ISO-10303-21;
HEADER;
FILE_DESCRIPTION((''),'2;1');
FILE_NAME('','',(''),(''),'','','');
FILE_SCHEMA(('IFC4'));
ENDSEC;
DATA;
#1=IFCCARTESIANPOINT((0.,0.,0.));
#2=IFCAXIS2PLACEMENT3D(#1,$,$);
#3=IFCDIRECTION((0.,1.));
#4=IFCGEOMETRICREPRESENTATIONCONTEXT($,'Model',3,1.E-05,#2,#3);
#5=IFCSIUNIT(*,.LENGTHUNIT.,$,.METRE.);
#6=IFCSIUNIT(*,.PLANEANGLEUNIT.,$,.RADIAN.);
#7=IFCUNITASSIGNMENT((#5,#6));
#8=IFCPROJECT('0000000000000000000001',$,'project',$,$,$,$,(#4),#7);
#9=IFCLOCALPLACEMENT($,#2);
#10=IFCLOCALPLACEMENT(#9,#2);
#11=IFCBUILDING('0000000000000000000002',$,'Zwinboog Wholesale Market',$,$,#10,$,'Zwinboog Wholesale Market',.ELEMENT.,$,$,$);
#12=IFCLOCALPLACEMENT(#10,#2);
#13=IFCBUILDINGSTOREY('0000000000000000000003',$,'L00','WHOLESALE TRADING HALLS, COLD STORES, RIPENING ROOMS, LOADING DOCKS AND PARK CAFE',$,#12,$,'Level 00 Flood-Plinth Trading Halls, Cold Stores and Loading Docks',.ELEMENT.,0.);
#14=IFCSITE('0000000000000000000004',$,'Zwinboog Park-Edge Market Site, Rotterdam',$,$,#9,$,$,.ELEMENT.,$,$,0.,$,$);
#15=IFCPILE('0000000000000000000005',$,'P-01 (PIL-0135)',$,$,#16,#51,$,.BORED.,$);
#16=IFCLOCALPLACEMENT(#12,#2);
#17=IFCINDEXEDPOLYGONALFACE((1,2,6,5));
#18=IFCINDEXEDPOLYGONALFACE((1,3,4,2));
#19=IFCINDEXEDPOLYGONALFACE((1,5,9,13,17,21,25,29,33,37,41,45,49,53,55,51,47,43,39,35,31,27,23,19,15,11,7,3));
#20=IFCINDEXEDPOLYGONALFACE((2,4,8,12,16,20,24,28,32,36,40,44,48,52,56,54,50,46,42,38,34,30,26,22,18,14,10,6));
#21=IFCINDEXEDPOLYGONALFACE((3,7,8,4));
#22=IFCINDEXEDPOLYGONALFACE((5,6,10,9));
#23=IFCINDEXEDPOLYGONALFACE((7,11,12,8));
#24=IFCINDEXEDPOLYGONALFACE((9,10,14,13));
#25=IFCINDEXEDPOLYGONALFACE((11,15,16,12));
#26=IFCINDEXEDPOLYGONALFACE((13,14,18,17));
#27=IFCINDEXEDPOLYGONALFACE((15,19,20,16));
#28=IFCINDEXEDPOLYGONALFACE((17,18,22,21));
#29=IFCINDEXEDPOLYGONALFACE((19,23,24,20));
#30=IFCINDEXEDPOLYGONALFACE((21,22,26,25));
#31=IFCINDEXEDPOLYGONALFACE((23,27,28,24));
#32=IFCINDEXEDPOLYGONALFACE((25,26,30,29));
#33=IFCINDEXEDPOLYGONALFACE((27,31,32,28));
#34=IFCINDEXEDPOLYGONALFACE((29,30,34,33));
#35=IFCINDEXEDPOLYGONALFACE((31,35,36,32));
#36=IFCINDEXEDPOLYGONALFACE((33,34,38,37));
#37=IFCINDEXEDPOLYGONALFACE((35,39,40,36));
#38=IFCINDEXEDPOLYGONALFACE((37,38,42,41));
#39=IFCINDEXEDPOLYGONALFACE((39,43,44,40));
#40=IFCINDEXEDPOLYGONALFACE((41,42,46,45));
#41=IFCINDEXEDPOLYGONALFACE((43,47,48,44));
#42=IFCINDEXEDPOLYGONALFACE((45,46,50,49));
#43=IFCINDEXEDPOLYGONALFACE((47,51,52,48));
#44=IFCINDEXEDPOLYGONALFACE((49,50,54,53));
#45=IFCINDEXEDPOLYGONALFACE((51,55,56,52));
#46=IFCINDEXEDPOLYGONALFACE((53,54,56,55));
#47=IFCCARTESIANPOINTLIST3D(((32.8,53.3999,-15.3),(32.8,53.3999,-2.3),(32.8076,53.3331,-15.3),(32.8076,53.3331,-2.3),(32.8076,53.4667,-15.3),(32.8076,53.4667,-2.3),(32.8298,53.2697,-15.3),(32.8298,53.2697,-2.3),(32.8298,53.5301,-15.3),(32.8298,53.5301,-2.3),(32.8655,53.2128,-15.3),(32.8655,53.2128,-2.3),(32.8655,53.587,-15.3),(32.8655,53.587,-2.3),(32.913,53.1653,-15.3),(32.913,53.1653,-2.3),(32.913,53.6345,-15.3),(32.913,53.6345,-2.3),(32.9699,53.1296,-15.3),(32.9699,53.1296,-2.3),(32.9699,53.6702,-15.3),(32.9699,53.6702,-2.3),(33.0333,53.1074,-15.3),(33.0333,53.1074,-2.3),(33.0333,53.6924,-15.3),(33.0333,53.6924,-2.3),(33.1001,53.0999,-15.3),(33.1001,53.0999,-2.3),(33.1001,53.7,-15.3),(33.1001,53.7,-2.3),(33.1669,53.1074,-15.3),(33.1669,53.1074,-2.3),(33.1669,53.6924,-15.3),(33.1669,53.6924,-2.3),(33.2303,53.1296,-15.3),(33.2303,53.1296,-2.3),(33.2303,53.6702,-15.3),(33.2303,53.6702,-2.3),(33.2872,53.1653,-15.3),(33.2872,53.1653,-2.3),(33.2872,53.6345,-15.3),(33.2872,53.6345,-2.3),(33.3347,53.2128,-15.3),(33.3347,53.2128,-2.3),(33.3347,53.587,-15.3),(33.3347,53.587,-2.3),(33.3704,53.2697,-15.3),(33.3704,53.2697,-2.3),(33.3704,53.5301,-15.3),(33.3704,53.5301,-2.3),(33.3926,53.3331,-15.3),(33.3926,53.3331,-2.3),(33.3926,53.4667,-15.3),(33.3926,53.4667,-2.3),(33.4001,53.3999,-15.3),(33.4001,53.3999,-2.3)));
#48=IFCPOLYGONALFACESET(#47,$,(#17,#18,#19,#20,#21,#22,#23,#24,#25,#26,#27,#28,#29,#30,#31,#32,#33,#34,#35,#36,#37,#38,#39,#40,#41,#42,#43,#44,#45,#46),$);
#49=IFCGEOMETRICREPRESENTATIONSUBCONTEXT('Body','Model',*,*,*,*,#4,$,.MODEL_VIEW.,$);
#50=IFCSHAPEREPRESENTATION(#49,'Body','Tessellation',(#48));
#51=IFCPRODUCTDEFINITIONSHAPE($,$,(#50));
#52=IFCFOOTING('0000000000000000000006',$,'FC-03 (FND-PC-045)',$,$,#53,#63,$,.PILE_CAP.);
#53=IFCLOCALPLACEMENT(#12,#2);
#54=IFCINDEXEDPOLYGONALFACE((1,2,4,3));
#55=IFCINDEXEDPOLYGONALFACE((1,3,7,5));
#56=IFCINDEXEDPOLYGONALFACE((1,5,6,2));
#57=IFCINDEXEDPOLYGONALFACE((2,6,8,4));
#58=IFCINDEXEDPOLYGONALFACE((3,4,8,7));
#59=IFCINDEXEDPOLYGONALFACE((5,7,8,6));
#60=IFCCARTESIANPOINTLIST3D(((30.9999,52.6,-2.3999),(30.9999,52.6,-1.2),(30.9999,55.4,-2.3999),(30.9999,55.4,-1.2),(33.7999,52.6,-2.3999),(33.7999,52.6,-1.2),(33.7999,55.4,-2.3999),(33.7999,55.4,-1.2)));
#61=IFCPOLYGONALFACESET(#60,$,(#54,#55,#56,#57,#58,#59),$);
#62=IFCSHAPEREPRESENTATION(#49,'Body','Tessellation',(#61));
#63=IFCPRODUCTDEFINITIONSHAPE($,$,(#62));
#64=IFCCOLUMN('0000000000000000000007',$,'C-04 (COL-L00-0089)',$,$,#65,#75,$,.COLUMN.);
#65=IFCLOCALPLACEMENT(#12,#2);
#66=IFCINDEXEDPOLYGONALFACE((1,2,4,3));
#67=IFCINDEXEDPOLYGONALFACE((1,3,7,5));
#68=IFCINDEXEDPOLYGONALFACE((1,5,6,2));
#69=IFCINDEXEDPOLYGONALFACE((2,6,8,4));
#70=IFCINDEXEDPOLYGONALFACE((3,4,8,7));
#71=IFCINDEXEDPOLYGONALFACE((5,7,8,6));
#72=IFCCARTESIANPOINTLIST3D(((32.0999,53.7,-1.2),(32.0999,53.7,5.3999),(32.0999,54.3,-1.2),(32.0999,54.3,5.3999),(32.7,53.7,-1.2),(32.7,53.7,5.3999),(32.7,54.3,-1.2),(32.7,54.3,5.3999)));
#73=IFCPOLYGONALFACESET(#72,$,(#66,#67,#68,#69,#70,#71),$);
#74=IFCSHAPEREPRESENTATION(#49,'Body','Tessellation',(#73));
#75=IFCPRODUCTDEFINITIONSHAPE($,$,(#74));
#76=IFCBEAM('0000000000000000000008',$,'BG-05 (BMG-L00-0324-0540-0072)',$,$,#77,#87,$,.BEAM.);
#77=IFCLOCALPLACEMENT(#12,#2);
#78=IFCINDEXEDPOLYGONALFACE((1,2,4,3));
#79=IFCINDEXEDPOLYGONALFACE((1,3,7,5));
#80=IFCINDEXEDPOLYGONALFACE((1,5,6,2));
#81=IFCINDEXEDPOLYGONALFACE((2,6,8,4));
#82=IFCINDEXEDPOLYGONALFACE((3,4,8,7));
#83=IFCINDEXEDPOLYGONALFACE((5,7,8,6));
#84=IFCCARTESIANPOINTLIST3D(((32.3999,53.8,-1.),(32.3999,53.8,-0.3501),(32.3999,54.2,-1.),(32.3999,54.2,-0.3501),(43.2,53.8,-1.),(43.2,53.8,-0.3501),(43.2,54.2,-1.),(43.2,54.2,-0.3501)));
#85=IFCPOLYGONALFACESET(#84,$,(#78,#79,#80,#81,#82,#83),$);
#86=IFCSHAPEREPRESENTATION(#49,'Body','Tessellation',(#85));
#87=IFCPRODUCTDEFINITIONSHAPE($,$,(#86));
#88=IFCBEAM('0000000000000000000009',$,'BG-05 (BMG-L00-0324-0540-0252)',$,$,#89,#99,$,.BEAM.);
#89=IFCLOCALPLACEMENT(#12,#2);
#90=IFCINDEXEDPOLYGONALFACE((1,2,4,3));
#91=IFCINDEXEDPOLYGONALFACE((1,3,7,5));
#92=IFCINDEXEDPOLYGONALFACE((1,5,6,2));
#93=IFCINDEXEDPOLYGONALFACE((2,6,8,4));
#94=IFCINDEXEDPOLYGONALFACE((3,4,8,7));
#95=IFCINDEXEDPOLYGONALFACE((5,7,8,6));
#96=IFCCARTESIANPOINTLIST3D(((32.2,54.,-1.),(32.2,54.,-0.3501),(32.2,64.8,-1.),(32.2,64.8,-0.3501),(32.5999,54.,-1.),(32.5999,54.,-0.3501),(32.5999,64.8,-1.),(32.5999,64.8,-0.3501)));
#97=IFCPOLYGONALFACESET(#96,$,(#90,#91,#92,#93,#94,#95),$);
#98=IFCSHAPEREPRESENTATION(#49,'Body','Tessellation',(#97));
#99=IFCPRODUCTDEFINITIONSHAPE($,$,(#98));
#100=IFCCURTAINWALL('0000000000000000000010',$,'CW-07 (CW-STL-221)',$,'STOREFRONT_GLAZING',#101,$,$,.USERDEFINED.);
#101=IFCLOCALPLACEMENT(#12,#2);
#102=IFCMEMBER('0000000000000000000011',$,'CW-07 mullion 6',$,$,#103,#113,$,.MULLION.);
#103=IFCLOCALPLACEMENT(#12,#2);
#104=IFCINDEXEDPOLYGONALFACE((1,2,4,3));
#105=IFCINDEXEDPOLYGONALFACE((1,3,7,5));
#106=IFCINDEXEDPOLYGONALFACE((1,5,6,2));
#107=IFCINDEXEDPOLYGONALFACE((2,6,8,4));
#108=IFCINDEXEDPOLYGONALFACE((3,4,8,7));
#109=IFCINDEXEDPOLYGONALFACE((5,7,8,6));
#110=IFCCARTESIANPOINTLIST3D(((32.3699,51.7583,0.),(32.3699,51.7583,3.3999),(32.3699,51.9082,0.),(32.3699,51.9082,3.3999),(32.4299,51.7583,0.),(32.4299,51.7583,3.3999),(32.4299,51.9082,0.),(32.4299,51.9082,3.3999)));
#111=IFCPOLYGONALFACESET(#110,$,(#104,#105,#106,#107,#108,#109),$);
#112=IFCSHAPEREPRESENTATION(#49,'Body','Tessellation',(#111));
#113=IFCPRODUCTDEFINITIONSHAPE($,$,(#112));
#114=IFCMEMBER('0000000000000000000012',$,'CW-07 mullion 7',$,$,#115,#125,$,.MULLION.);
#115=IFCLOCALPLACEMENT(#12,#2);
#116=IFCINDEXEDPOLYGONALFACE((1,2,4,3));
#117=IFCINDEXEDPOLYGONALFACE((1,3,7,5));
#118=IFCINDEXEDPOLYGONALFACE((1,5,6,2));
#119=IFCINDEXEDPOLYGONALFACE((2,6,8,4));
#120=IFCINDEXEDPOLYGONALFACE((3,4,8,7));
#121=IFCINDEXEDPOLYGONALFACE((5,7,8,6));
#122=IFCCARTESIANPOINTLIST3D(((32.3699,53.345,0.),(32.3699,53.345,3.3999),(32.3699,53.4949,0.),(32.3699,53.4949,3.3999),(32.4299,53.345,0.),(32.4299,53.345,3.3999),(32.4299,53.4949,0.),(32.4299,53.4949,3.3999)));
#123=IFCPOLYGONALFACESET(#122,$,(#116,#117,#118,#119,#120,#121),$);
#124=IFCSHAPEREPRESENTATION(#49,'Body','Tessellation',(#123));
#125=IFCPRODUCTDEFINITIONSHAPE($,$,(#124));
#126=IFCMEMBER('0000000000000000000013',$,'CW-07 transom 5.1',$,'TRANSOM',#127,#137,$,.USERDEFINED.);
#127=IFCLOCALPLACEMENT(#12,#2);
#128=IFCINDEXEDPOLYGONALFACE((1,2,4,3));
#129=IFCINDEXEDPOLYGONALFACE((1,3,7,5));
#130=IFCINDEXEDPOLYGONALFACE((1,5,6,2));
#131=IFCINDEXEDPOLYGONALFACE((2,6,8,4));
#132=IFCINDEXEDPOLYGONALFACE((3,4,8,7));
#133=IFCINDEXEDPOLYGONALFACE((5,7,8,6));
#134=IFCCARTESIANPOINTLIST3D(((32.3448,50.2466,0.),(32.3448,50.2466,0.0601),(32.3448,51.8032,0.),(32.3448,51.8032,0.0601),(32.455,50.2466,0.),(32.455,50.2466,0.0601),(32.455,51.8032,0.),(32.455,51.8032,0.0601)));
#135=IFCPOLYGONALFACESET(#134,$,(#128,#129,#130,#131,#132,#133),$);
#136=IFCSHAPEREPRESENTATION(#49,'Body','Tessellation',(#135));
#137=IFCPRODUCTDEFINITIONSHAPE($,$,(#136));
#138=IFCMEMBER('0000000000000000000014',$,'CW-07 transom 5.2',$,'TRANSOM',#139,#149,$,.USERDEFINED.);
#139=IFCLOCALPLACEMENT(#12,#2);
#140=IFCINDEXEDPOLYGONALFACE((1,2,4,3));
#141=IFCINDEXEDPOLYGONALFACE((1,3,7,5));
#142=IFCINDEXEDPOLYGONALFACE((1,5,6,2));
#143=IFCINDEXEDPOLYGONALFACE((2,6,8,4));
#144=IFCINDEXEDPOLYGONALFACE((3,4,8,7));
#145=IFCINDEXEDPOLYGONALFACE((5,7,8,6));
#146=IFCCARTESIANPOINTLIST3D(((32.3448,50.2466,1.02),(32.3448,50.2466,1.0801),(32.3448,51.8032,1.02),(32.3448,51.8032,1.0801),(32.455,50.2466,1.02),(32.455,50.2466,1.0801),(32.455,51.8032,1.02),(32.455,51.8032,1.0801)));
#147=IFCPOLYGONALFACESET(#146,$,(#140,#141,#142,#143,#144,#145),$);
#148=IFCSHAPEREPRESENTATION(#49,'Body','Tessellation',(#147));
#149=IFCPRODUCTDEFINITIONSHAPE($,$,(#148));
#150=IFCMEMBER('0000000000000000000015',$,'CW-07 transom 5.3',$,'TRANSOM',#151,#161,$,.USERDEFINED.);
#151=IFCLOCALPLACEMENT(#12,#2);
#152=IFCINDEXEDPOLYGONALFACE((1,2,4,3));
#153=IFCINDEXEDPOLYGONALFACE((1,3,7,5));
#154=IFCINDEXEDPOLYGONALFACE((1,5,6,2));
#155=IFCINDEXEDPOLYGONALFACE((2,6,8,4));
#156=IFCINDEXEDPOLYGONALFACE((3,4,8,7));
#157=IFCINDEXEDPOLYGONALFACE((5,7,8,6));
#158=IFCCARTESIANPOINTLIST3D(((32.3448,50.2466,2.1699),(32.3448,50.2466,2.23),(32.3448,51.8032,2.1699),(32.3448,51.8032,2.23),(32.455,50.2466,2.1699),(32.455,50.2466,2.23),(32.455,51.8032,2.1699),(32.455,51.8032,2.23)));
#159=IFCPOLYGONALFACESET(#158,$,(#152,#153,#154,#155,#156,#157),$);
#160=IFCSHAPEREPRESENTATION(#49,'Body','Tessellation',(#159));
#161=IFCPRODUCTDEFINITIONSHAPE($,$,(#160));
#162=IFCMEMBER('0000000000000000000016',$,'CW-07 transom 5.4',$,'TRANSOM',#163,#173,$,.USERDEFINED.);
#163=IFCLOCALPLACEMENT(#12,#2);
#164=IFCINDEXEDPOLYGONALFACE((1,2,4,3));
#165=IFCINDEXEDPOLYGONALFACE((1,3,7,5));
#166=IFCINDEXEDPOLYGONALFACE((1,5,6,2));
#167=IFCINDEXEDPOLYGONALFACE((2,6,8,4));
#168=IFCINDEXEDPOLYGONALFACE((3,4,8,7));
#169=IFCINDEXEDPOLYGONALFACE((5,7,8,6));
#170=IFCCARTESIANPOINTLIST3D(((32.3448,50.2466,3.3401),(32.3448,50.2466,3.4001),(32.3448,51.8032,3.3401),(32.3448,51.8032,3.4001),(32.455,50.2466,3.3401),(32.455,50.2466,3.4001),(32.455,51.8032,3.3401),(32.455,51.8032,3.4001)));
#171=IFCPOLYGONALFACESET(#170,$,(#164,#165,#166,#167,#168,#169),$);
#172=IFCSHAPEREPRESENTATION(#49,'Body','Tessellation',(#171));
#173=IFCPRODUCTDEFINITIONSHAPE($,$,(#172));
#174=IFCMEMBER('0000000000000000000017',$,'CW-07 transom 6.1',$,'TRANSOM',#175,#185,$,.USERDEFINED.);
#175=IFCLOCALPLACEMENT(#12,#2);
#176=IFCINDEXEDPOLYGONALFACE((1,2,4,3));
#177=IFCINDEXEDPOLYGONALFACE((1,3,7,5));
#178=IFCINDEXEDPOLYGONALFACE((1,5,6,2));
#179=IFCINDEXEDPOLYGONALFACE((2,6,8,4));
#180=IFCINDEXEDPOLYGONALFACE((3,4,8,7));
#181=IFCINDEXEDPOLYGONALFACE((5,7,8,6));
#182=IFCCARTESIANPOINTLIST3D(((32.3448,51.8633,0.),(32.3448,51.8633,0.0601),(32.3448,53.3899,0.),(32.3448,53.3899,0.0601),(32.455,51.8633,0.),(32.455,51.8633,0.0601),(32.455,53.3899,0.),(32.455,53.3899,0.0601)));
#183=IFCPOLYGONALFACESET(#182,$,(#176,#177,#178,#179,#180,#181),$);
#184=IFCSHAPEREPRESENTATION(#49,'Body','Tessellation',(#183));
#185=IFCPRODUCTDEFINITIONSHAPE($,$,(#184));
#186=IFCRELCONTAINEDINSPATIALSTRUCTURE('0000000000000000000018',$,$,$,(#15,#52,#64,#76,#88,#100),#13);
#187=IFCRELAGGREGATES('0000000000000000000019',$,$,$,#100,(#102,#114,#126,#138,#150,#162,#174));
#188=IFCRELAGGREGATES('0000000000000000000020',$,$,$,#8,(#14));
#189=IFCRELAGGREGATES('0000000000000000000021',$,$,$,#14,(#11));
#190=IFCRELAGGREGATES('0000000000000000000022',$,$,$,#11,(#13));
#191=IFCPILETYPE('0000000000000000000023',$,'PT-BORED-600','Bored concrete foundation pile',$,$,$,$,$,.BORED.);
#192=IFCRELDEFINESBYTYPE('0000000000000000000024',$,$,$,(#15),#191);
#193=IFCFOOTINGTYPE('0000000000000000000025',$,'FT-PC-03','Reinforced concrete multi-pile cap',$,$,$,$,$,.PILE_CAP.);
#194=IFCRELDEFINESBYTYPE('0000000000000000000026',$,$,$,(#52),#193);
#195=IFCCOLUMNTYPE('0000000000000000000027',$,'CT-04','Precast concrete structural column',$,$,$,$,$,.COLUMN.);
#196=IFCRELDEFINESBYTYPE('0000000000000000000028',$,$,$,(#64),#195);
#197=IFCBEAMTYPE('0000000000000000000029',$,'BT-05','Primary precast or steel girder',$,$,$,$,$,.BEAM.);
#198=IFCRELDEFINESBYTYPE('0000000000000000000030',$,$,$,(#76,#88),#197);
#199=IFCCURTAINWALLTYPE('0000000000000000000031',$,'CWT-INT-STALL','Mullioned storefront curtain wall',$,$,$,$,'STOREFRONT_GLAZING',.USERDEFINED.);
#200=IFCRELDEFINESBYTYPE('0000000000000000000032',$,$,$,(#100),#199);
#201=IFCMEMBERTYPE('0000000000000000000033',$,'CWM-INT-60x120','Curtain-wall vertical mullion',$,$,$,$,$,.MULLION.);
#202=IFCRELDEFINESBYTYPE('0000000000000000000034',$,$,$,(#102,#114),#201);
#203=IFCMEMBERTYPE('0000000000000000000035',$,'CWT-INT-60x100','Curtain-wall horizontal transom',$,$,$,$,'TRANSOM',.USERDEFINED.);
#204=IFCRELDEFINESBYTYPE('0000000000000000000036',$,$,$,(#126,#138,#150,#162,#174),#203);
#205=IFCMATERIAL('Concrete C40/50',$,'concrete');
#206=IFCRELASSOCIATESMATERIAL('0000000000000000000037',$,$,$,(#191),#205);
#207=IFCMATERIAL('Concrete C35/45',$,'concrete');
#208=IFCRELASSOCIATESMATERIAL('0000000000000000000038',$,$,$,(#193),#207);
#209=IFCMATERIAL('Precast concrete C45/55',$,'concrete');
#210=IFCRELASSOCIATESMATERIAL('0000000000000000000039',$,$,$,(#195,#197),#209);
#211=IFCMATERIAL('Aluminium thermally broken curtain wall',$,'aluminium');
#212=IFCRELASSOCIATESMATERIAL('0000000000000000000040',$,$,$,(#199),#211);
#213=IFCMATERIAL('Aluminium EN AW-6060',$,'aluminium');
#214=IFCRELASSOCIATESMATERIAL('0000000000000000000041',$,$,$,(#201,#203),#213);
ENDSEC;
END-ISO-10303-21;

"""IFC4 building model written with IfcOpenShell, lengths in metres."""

from ifc_helpers import new_model, si_unit, direction, frame, origin, origin_2d, place, context, subcontext, project, spatial, rectangle, circle, extrude, material, material_profile, profile_set, type_object, element, aggregate, save


model = new_model("IFC4")

# Units and contexts
model_context = context("Model", 3, precision=1e-05, world=origin(), true_north=direction((0.0, 1.0)))
body_context = subcontext(model_context, "Body", "Model", "MODEL_VIEW")
ifc_project = project(units=[si_unit("LENGTHUNIT", "METRE"), si_unit("PLANEANGLEUNIT", "RADIAN")], contexts=[model_context])

# Site, building, storey
site_placement = place(None, origin())
site = spatial("IfcSite", under=ifc_project, at=site_placement, Name="Zwinboog Park-Edge Market Site, Rotterdam", CompositionType="ELEMENT", RefElevation=0.0)
building_placement = place(site_placement, origin())
building = spatial("IfcBuilding", under=site, at=building_placement, Name="Zwinboog Wholesale Market", LongName="Zwinboog Wholesale Market", CompositionType="ELEMENT")
storey_placement = place(building_placement, origin())
storey = spatial("IfcBuildingStorey", under=building, at=storey_placement, Name="L00", Description="WHOLESALE TRADING HALLS, COLD STORES, RIPENING ROOMS, LOADING DOCKS AND PARK CAFE", LongName="Level 00 Flood-Plinth Trading Halls, Cold Stores and Loading Docks", CompositionType="ELEMENT", Elevation=0.0)

# Pile
ifc_material_1 = material(Name="Concrete C40/50", Category="concrete")
ifc_material_profile_1 = material_profile(ifc_material_1, circle(Radius=0.3, at=origin_2d()), Name="PILE D600")
ifc_profile_set_1 = profile_set([ifc_material_profile_1], Name="Concrete C40/50")
pile_type = type_object("IfcPileType", Name="PT-BORED-600", Description="Bored concrete foundation pile", PredefinedType="BORED", material=ifc_profile_set_1)
pile_placement = place(storey_placement, frame((33.1001, 53.3999, -2.3), z_axis=(0.0, 0.0, -1.0), x_axis=(1.0, 0.0, 0.0)))
element("IfcPile", 1, at=pile_placement, inside=storey, type_object=pile_type, Name="P-01 (PIL-0135)", PredefinedType="BORED", context=body_context, shape_type="SweptSolid", body=[
    extrude(circle(Radius=0.3, at=origin_2d()), origin(), (0.0, 0.0, 1.0), 13.0),
])

# Footing
ifc_material_2 = material(Name="Concrete C35/45", Category="concrete")
footing_type = type_object("IfcFootingType", Name="FT-PC-03", Description="Reinforced concrete multi-pile cap", PredefinedType="PILE_CAP", material=ifc_material_2)
footing_placement = place(storey_placement, frame((32.3999, 54.0, -2.3999), z_axis=(0.0, 0.0, 1.0), x_axis=(1.0, 0.0, 0.0)))
element("IfcFooting", 2, at=footing_placement, inside=storey, type_object=footing_type, Name="FC-03 (FND-PC-045)", PredefinedType="PILE_CAP", context=body_context, shape_type="SweptSolid", body=[
    extrude(rectangle(XDim=2.8, YDim=2.8, at=origin_2d()), origin(), (0.0, 0.0, 1.0), 1.2),
])

# Column
ifc_material_3 = material(Name="Precast concrete C45/55", Category="concrete")
ifc_material_profile_2 = material_profile(ifc_material_3, rectangle(XDim=0.6001, YDim=0.6001, at=origin_2d()), Name="PC 600x600")
ifc_profile_set_2 = profile_set([ifc_material_profile_2], Name="Precast concrete C45/55")
column_type = type_object("IfcColumnType", Name="CT-04", Description="Precast concrete structural column", PredefinedType="COLUMN", material=ifc_profile_set_2)
column_placement = place(storey_placement, frame((32.3999, 54.0, -1.2), z_axis=(0.0, 0.0, 1.0), x_axis=(1.0, 0.0, 0.0)))
element("IfcColumn", 3, at=column_placement, inside=storey, type_object=column_type, Name="C-04 (COL-L00-0089)", PredefinedType="COLUMN", context=body_context, shape_type="SweptSolid", body=[
    extrude(rectangle(XDim=0.6001, YDim=0.6001, at=origin_2d()), origin(), (0.0, 0.0, 1.0), 6.5999),
])

# Beams
ifc_material_profile_3 = material_profile(ifc_material_3, rectangle(XDim=0.3999, YDim=0.6499, at=origin_2d()), Name="PC 400x650")
ifc_profile_set_3 = profile_set([ifc_material_profile_3], Name="Precast concrete C45/55")
beam_type = type_object("IfcBeamType", Name="BT-05", Description="Primary precast or steel girder", PredefinedType="BEAM", material=ifc_profile_set_3)
for number, where, z_axis, x_axis, name in (
    (4, (32.3999, 54.0, -0.675), (1.0, 0.0, 0.0), (0.0, 1.0, 0.0), "BG-05 (BMG-L00-0324-0540-0072)"),
    (5, (32.3999, 54.0, -0.675), (0.0, 1.0, 0.0), (-1.0, 0.0, 0.0), "BG-05 (BMG-L00-0324-0540-0252)"),
):
    element("IfcBeam", number, at=place(storey_placement, frame(where, z_axis=z_axis, x_axis=x_axis)), inside=storey, type_object=beam_type, Name=name, PredefinedType="BEAM", context=body_context, shape_type="SweptSolid", body=[
        extrude(rectangle(XDim=0.3999, YDim=0.6499, at=origin_2d()), origin(), (0.0, 0.0, 1.0), 10.8),
    ])

# Curtain wall, members
ifc_material_4 = material(Name="Aluminium thermally broken curtain wall", Category="aluminium")
curtain_wall_type = type_object("IfcCurtainWallType", Name="CWT-INT-STALL", Description="Mullioned storefront curtain wall", ElementType="STOREFRONT_GLAZING", PredefinedType="USERDEFINED", material=ifc_material_4)
curtain_wall_placement = place(storey_placement, origin())
curtain_wall = element("IfcCurtainWall", 6, at=curtain_wall_placement, inside=storey, type_object=curtain_wall_type, Name="CW-07 (CW-STL-221)", ObjectType="STOREFRONT_GLAZING", PredefinedType="USERDEFINED")
ifc_material_5 = material(Name="Aluminium EN AW-6060", Category="aluminium")
ifc_material_profile_4 = material_profile(ifc_material_5, rectangle(XDim=0.0601, YDim=0.1499, at=origin_2d()), Name="AL 60x150")
ifc_profile_set_4 = profile_set([ifc_material_profile_4], Name="Aluminium EN AW-6060")
member_type_1 = type_object("IfcMemberType", Name="CWM-INT-60x120", Description="Curtain-wall vertical mullion", PredefinedType="MULLION", material=ifc_profile_set_4)
member_1_placement = place(storey_placement, frame((32.3999, 51.8333, 0.0), z_axis=(0.0, 0.0, 1.0), x_axis=(-1.0, 0.0, 0.0)))
member_1 = element("IfcMember", 7, at=member_1_placement, type_object=member_type_1, Name="CW-07 mullion 6", PredefinedType="MULLION", context=body_context, shape_type="SweptSolid", body=[
    extrude(rectangle(XDim=0.0601, YDim=0.1499, at=origin_2d()), origin(), (0.0, 0.0, 1.0), 3.3999),
])
member_2_placement = place(storey_placement, frame((32.3999, 53.4199, 0.0), z_axis=(0.0, 0.0, 1.0), x_axis=(-1.0, 0.0, 0.0)))
member_2 = element("IfcMember", 8, at=member_2_placement, type_object=member_type_1, Name="CW-07 mullion 7", PredefinedType="MULLION", context=body_context, shape_type="SweptSolid", body=[
    extrude(rectangle(XDim=0.0601, YDim=0.1499, at=origin_2d()), origin(), (0.0, 0.0, 1.0), 3.3999),
])
ifc_material_profile_5 = material_profile(ifc_material_5, rectangle(XDim=0.1101, YDim=0.0601, at=origin_2d()), Name="AL 60x110")
ifc_profile_set_5 = profile_set([ifc_material_profile_5], Name="Aluminium EN AW-6060")
member_type_2 = type_object("IfcMemberType", Name="CWT-INT-60x100", Description="Curtain-wall horizontal transom", ElementType="TRANSOM", PredefinedType="USERDEFINED", material=ifc_profile_set_5)
member_3_placement = place(storey_placement, frame((32.3999, 50.2466, 0.03), z_axis=(0.0, 1.0, 0.0), x_axis=(-1.0, 0.0, 0.0)))
member_3 = element("IfcMember", 9, at=member_3_placement, type_object=member_type_2, Name="CW-07 transom 5.1", ObjectType="TRANSOM", PredefinedType="USERDEFINED", context=body_context, shape_type="SweptSolid", body=[
    extrude(rectangle(XDim=0.1101, YDim=0.0601, at=origin_2d()), origin(), (0.0, 0.0, 1.0), 1.5566),
])
member_4_placement = place(storey_placement, frame((32.3999, 50.2466, 1.05), z_axis=(0.0, 1.0, 0.0), x_axis=(-1.0, 0.0, 0.0)))
member_4 = element("IfcMember", 10, at=member_4_placement, type_object=member_type_2, Name="CW-07 transom 5.2", ObjectType="TRANSOM", PredefinedType="USERDEFINED", context=body_context, shape_type="SweptSolid", body=[
    extrude(rectangle(XDim=0.1101, YDim=0.0601, at=origin_2d()), origin(), (0.0, 0.0, 1.0), 1.5566),
])
member_5_placement = place(storey_placement, frame((32.3999, 50.2466, 2.2), z_axis=(0.0, 1.0, 0.0), x_axis=(-1.0, 0.0, 0.0)))
member_5 = element("IfcMember", 11, at=member_5_placement, type_object=member_type_2, Name="CW-07 transom 5.3", ObjectType="TRANSOM", PredefinedType="USERDEFINED", context=body_context, shape_type="SweptSolid", body=[
    extrude(rectangle(XDim=0.1101, YDim=0.0601, at=origin_2d()), origin(), (0.0, 0.0, 1.0), 1.5566),
])
member_6_placement = place(storey_placement, frame((32.3999, 50.2466, 3.3701), z_axis=(0.0, 1.0, 0.0), x_axis=(-1.0, 0.0, 0.0)))
member_6 = element("IfcMember", 12, at=member_6_placement, type_object=member_type_2, Name="CW-07 transom 5.4", ObjectType="TRANSOM", PredefinedType="USERDEFINED", context=body_context, shape_type="SweptSolid", body=[
    extrude(rectangle(XDim=0.1101, YDim=0.0601, at=origin_2d()), origin(), (0.0, 0.0, 1.0), 1.5566),
])
member_7_placement = place(storey_placement, frame((32.3999, 51.8633, 0.03), z_axis=(0.0, 1.0, 0.0), x_axis=(-1.0, 0.0, 0.0)))
member_7 = element("IfcMember", 13, at=member_7_placement, type_object=member_type_2, Name="CW-07 transom 6.1", ObjectType="TRANSOM", PredefinedType="USERDEFINED", context=body_context, shape_type="SweptSolid", body=[
    extrude(rectangle(XDim=0.1101, YDim=0.0601, at=origin_2d()), origin(), (0.0, 0.0, 1.0), 1.5266),
])
aggregate(curtain_wall, [member_1, member_2, member_3, member_4, member_5, member_6, member_7])

save(model, "model.ifc")
